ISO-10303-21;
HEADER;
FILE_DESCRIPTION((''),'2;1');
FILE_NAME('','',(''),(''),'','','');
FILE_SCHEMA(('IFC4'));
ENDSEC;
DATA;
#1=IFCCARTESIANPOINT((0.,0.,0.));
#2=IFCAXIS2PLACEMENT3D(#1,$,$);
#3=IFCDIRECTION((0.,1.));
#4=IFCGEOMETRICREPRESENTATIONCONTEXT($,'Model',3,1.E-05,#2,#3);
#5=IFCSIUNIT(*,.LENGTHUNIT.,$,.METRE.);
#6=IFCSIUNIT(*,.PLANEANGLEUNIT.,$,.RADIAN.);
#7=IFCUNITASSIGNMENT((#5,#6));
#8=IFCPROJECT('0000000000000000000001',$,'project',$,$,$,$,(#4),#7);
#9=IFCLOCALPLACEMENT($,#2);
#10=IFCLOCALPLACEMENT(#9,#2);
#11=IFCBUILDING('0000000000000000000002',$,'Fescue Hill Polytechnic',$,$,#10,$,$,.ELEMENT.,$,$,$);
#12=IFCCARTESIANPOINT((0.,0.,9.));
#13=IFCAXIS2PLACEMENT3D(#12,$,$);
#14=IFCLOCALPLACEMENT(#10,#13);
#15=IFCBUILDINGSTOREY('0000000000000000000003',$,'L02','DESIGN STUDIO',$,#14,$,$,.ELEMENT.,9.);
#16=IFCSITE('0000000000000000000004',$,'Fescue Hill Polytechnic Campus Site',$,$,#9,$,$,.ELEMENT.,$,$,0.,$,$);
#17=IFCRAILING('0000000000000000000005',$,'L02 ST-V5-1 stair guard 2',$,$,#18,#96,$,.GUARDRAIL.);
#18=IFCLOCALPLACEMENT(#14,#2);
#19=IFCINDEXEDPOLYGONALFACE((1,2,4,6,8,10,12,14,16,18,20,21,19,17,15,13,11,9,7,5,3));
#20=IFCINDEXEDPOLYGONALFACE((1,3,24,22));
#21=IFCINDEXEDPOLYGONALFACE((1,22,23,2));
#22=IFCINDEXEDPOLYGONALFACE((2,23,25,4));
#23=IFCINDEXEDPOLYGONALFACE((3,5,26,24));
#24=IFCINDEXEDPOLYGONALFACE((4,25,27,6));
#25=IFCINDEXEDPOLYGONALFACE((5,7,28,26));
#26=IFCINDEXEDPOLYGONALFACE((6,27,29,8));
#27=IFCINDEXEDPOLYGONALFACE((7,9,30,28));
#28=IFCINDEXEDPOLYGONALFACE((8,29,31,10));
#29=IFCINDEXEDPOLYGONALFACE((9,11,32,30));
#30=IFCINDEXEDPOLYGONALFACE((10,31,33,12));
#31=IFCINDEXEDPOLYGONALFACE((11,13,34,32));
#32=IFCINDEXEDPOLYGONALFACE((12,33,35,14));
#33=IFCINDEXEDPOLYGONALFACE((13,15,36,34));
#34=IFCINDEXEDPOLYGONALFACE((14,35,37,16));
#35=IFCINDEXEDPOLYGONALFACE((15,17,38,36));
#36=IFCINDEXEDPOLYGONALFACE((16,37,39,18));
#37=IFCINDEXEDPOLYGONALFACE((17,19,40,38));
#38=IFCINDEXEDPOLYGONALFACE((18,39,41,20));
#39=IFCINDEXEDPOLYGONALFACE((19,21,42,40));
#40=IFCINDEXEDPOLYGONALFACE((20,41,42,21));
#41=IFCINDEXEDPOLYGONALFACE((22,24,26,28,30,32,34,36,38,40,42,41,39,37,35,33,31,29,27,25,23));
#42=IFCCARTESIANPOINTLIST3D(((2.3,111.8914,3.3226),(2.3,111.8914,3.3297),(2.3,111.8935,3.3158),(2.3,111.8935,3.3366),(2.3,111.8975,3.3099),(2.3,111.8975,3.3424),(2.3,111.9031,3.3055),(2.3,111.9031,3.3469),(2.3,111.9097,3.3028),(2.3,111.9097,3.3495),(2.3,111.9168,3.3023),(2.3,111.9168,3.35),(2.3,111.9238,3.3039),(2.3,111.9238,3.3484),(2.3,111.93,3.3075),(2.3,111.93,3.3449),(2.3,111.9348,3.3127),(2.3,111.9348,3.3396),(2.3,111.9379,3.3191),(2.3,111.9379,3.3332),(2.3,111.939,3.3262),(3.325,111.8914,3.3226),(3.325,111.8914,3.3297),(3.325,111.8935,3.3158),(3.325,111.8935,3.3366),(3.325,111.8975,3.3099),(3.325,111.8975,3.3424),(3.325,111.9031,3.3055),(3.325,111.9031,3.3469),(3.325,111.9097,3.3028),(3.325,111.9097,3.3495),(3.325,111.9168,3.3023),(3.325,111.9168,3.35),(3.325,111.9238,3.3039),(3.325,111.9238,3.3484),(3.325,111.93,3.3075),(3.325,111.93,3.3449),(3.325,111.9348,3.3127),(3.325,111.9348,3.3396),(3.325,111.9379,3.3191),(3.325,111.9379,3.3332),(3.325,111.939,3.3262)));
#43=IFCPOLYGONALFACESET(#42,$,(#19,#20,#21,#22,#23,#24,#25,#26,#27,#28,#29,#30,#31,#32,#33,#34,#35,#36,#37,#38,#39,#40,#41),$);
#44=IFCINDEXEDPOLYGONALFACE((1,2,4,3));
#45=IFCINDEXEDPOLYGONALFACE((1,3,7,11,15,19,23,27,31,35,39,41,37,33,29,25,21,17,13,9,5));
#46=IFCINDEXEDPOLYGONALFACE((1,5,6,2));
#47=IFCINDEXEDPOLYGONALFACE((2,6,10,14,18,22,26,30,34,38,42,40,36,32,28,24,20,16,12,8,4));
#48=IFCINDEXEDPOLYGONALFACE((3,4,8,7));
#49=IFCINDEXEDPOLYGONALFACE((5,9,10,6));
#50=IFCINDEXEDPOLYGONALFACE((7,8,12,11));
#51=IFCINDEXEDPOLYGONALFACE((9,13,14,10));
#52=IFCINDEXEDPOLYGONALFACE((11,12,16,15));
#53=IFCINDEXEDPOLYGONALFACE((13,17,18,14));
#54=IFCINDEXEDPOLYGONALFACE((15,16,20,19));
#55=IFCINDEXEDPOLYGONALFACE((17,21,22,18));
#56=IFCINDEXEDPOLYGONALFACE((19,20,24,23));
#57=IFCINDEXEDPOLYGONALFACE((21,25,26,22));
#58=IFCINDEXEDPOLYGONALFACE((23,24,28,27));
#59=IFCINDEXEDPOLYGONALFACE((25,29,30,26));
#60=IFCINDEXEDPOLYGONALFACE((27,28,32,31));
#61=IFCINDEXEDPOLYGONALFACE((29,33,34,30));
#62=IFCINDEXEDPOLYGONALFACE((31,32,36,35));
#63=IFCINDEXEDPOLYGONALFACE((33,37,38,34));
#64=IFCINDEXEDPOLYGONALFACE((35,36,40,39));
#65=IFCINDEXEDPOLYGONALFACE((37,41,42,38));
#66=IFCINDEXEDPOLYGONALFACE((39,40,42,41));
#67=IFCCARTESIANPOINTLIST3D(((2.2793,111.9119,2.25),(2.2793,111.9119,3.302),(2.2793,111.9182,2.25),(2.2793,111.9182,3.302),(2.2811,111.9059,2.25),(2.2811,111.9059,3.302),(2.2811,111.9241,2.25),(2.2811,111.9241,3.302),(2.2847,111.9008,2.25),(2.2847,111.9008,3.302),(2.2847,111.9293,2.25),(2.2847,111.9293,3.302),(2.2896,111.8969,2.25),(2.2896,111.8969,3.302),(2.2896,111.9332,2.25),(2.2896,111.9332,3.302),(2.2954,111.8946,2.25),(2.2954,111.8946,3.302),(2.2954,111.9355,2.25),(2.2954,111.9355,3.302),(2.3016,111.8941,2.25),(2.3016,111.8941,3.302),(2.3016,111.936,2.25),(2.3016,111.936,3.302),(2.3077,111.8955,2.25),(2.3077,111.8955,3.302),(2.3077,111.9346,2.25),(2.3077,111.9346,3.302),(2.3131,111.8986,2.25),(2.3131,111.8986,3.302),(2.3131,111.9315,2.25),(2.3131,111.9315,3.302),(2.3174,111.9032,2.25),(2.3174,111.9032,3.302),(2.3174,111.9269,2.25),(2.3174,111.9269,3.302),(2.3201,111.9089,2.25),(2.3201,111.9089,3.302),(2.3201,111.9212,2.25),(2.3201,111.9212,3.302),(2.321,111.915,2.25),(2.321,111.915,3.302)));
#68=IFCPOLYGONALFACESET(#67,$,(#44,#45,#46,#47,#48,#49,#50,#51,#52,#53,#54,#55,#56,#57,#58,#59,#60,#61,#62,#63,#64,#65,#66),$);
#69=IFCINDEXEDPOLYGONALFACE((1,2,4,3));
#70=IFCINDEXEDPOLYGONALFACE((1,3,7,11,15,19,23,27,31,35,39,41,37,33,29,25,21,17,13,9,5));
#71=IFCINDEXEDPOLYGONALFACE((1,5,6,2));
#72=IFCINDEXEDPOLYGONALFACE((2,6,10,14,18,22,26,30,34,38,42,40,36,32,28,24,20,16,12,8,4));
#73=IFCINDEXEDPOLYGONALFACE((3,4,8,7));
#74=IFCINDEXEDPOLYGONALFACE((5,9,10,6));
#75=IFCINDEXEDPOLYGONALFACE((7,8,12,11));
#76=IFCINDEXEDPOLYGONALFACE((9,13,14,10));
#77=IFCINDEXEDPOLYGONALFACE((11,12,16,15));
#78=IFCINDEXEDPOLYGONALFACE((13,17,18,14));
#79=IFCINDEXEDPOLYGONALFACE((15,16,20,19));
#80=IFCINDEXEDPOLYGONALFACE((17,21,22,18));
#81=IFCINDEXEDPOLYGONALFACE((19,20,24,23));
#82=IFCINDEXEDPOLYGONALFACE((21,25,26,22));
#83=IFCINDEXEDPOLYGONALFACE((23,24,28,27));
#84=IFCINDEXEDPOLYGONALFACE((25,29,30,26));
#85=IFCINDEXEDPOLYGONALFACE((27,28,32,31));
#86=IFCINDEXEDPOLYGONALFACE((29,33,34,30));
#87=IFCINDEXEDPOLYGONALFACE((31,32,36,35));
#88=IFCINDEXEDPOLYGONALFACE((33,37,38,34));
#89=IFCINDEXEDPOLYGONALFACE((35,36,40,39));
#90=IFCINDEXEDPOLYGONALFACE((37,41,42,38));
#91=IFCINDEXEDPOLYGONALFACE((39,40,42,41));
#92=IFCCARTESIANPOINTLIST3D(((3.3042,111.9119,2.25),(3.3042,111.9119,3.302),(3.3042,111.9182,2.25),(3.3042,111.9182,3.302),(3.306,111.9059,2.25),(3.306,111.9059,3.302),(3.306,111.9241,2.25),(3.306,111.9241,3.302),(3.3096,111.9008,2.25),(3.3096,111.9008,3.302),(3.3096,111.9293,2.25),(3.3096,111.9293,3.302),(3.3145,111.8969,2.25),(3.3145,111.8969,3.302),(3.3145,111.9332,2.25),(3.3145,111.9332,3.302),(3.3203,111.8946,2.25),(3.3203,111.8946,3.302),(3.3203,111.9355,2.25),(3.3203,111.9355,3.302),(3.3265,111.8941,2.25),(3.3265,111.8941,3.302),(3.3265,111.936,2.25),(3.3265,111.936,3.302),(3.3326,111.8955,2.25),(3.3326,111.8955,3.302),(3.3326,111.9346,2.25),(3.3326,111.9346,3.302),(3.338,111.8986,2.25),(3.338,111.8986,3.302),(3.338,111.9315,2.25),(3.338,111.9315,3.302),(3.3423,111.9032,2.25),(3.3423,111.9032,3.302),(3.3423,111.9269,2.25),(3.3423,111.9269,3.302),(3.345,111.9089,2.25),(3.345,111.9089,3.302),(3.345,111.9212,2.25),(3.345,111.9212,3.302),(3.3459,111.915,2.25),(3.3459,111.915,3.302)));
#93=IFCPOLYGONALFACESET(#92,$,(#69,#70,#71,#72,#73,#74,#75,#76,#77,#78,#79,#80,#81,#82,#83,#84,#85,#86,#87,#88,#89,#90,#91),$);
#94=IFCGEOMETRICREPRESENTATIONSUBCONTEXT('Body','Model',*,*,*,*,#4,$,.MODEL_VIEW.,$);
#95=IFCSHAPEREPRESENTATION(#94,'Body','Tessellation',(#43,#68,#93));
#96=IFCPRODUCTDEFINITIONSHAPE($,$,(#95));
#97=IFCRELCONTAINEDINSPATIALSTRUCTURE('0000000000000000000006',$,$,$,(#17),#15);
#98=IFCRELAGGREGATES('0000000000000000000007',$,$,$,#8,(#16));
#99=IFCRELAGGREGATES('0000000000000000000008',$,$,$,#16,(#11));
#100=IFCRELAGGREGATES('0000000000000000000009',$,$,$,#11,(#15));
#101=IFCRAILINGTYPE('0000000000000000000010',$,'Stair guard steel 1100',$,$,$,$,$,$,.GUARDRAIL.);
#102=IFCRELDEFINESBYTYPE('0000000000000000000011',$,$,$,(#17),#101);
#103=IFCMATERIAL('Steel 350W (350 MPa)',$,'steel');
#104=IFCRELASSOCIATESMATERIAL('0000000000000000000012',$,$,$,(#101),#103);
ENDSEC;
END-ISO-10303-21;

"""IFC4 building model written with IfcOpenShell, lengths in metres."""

from ifc_helpers import new_model, si_unit, direction, frame, origin, origin_2d, place, context, subcontext, project, spatial, circle, extrude, material, type_object, element, save


model = new_model("IFC4")

# Units and contexts
model_context = context("Model", 3, precision=1e-05, world=origin(), true_north=direction((0.0, 1.0)))
body_context = subcontext(model_context, "Body", "Model", "MODEL_VIEW")
ifc_project = project(units=[si_unit("LENGTHUNIT", "METRE"), si_unit("PLANEANGLEUNIT", "RADIAN")], contexts=[model_context])

# Site, building, storey
site_placement = place(None, origin())
site = spatial("IfcSite", under=ifc_project, at=site_placement, Name="Fescue Hill Polytechnic Campus Site", CompositionType="ELEMENT", RefElevation=0.0)
building_placement = place(site_placement, origin())
building = spatial("IfcBuilding", under=site, at=building_placement, Name="Fescue Hill Polytechnic", CompositionType="ELEMENT")
storey_placement = place(building_placement, frame((0.0, 0.0, 9.0)))
storey = spatial("IfcBuildingStorey", under=building, at=storey_placement, Name="L02", Description="DESIGN STUDIO", CompositionType="ELEMENT", Elevation=9.0)

# Railing
ifc_material_1 = material(Name="Steel 350W (350 MPa)", Category="steel")
railing_type_1 = type_object("IfcRailingType", Name="Stair guard steel 1100", PredefinedType="GUARDRAIL", material=ifc_material_1)
railing_1_placement = place(storey_placement, frame((2.3, 111.915, 2.25)))
element("IfcRailing", 1, at=railing_1_placement, inside=storey, type_object=railing_type_1, Name="L02 ST-V5-1 stair guard 2", PredefinedType="GUARDRAIL", context=body_context, shape_type="SweptSolid", body=[
    extrude(circle(Radius=0.0239, at=origin_2d()), frame((0.0, 0.0, 1.0762), z_axis=(1.0, 0.0, 0.0), x_axis=(0.0, 1.0, 0.0)), (0.0, 0.0, 1.0), 1.0249),
    extrude(circle(Radius=0.021, at=origin_2d()), origin(), (0.0, 0.0, 1.0), 1.052),
    extrude(circle(Radius=0.021, at=origin_2d()), frame((1.0249, 0.0, 0.0)), (0.0, 0.0, 1.0), 1.052),
])

save(model, "model.ifc")
